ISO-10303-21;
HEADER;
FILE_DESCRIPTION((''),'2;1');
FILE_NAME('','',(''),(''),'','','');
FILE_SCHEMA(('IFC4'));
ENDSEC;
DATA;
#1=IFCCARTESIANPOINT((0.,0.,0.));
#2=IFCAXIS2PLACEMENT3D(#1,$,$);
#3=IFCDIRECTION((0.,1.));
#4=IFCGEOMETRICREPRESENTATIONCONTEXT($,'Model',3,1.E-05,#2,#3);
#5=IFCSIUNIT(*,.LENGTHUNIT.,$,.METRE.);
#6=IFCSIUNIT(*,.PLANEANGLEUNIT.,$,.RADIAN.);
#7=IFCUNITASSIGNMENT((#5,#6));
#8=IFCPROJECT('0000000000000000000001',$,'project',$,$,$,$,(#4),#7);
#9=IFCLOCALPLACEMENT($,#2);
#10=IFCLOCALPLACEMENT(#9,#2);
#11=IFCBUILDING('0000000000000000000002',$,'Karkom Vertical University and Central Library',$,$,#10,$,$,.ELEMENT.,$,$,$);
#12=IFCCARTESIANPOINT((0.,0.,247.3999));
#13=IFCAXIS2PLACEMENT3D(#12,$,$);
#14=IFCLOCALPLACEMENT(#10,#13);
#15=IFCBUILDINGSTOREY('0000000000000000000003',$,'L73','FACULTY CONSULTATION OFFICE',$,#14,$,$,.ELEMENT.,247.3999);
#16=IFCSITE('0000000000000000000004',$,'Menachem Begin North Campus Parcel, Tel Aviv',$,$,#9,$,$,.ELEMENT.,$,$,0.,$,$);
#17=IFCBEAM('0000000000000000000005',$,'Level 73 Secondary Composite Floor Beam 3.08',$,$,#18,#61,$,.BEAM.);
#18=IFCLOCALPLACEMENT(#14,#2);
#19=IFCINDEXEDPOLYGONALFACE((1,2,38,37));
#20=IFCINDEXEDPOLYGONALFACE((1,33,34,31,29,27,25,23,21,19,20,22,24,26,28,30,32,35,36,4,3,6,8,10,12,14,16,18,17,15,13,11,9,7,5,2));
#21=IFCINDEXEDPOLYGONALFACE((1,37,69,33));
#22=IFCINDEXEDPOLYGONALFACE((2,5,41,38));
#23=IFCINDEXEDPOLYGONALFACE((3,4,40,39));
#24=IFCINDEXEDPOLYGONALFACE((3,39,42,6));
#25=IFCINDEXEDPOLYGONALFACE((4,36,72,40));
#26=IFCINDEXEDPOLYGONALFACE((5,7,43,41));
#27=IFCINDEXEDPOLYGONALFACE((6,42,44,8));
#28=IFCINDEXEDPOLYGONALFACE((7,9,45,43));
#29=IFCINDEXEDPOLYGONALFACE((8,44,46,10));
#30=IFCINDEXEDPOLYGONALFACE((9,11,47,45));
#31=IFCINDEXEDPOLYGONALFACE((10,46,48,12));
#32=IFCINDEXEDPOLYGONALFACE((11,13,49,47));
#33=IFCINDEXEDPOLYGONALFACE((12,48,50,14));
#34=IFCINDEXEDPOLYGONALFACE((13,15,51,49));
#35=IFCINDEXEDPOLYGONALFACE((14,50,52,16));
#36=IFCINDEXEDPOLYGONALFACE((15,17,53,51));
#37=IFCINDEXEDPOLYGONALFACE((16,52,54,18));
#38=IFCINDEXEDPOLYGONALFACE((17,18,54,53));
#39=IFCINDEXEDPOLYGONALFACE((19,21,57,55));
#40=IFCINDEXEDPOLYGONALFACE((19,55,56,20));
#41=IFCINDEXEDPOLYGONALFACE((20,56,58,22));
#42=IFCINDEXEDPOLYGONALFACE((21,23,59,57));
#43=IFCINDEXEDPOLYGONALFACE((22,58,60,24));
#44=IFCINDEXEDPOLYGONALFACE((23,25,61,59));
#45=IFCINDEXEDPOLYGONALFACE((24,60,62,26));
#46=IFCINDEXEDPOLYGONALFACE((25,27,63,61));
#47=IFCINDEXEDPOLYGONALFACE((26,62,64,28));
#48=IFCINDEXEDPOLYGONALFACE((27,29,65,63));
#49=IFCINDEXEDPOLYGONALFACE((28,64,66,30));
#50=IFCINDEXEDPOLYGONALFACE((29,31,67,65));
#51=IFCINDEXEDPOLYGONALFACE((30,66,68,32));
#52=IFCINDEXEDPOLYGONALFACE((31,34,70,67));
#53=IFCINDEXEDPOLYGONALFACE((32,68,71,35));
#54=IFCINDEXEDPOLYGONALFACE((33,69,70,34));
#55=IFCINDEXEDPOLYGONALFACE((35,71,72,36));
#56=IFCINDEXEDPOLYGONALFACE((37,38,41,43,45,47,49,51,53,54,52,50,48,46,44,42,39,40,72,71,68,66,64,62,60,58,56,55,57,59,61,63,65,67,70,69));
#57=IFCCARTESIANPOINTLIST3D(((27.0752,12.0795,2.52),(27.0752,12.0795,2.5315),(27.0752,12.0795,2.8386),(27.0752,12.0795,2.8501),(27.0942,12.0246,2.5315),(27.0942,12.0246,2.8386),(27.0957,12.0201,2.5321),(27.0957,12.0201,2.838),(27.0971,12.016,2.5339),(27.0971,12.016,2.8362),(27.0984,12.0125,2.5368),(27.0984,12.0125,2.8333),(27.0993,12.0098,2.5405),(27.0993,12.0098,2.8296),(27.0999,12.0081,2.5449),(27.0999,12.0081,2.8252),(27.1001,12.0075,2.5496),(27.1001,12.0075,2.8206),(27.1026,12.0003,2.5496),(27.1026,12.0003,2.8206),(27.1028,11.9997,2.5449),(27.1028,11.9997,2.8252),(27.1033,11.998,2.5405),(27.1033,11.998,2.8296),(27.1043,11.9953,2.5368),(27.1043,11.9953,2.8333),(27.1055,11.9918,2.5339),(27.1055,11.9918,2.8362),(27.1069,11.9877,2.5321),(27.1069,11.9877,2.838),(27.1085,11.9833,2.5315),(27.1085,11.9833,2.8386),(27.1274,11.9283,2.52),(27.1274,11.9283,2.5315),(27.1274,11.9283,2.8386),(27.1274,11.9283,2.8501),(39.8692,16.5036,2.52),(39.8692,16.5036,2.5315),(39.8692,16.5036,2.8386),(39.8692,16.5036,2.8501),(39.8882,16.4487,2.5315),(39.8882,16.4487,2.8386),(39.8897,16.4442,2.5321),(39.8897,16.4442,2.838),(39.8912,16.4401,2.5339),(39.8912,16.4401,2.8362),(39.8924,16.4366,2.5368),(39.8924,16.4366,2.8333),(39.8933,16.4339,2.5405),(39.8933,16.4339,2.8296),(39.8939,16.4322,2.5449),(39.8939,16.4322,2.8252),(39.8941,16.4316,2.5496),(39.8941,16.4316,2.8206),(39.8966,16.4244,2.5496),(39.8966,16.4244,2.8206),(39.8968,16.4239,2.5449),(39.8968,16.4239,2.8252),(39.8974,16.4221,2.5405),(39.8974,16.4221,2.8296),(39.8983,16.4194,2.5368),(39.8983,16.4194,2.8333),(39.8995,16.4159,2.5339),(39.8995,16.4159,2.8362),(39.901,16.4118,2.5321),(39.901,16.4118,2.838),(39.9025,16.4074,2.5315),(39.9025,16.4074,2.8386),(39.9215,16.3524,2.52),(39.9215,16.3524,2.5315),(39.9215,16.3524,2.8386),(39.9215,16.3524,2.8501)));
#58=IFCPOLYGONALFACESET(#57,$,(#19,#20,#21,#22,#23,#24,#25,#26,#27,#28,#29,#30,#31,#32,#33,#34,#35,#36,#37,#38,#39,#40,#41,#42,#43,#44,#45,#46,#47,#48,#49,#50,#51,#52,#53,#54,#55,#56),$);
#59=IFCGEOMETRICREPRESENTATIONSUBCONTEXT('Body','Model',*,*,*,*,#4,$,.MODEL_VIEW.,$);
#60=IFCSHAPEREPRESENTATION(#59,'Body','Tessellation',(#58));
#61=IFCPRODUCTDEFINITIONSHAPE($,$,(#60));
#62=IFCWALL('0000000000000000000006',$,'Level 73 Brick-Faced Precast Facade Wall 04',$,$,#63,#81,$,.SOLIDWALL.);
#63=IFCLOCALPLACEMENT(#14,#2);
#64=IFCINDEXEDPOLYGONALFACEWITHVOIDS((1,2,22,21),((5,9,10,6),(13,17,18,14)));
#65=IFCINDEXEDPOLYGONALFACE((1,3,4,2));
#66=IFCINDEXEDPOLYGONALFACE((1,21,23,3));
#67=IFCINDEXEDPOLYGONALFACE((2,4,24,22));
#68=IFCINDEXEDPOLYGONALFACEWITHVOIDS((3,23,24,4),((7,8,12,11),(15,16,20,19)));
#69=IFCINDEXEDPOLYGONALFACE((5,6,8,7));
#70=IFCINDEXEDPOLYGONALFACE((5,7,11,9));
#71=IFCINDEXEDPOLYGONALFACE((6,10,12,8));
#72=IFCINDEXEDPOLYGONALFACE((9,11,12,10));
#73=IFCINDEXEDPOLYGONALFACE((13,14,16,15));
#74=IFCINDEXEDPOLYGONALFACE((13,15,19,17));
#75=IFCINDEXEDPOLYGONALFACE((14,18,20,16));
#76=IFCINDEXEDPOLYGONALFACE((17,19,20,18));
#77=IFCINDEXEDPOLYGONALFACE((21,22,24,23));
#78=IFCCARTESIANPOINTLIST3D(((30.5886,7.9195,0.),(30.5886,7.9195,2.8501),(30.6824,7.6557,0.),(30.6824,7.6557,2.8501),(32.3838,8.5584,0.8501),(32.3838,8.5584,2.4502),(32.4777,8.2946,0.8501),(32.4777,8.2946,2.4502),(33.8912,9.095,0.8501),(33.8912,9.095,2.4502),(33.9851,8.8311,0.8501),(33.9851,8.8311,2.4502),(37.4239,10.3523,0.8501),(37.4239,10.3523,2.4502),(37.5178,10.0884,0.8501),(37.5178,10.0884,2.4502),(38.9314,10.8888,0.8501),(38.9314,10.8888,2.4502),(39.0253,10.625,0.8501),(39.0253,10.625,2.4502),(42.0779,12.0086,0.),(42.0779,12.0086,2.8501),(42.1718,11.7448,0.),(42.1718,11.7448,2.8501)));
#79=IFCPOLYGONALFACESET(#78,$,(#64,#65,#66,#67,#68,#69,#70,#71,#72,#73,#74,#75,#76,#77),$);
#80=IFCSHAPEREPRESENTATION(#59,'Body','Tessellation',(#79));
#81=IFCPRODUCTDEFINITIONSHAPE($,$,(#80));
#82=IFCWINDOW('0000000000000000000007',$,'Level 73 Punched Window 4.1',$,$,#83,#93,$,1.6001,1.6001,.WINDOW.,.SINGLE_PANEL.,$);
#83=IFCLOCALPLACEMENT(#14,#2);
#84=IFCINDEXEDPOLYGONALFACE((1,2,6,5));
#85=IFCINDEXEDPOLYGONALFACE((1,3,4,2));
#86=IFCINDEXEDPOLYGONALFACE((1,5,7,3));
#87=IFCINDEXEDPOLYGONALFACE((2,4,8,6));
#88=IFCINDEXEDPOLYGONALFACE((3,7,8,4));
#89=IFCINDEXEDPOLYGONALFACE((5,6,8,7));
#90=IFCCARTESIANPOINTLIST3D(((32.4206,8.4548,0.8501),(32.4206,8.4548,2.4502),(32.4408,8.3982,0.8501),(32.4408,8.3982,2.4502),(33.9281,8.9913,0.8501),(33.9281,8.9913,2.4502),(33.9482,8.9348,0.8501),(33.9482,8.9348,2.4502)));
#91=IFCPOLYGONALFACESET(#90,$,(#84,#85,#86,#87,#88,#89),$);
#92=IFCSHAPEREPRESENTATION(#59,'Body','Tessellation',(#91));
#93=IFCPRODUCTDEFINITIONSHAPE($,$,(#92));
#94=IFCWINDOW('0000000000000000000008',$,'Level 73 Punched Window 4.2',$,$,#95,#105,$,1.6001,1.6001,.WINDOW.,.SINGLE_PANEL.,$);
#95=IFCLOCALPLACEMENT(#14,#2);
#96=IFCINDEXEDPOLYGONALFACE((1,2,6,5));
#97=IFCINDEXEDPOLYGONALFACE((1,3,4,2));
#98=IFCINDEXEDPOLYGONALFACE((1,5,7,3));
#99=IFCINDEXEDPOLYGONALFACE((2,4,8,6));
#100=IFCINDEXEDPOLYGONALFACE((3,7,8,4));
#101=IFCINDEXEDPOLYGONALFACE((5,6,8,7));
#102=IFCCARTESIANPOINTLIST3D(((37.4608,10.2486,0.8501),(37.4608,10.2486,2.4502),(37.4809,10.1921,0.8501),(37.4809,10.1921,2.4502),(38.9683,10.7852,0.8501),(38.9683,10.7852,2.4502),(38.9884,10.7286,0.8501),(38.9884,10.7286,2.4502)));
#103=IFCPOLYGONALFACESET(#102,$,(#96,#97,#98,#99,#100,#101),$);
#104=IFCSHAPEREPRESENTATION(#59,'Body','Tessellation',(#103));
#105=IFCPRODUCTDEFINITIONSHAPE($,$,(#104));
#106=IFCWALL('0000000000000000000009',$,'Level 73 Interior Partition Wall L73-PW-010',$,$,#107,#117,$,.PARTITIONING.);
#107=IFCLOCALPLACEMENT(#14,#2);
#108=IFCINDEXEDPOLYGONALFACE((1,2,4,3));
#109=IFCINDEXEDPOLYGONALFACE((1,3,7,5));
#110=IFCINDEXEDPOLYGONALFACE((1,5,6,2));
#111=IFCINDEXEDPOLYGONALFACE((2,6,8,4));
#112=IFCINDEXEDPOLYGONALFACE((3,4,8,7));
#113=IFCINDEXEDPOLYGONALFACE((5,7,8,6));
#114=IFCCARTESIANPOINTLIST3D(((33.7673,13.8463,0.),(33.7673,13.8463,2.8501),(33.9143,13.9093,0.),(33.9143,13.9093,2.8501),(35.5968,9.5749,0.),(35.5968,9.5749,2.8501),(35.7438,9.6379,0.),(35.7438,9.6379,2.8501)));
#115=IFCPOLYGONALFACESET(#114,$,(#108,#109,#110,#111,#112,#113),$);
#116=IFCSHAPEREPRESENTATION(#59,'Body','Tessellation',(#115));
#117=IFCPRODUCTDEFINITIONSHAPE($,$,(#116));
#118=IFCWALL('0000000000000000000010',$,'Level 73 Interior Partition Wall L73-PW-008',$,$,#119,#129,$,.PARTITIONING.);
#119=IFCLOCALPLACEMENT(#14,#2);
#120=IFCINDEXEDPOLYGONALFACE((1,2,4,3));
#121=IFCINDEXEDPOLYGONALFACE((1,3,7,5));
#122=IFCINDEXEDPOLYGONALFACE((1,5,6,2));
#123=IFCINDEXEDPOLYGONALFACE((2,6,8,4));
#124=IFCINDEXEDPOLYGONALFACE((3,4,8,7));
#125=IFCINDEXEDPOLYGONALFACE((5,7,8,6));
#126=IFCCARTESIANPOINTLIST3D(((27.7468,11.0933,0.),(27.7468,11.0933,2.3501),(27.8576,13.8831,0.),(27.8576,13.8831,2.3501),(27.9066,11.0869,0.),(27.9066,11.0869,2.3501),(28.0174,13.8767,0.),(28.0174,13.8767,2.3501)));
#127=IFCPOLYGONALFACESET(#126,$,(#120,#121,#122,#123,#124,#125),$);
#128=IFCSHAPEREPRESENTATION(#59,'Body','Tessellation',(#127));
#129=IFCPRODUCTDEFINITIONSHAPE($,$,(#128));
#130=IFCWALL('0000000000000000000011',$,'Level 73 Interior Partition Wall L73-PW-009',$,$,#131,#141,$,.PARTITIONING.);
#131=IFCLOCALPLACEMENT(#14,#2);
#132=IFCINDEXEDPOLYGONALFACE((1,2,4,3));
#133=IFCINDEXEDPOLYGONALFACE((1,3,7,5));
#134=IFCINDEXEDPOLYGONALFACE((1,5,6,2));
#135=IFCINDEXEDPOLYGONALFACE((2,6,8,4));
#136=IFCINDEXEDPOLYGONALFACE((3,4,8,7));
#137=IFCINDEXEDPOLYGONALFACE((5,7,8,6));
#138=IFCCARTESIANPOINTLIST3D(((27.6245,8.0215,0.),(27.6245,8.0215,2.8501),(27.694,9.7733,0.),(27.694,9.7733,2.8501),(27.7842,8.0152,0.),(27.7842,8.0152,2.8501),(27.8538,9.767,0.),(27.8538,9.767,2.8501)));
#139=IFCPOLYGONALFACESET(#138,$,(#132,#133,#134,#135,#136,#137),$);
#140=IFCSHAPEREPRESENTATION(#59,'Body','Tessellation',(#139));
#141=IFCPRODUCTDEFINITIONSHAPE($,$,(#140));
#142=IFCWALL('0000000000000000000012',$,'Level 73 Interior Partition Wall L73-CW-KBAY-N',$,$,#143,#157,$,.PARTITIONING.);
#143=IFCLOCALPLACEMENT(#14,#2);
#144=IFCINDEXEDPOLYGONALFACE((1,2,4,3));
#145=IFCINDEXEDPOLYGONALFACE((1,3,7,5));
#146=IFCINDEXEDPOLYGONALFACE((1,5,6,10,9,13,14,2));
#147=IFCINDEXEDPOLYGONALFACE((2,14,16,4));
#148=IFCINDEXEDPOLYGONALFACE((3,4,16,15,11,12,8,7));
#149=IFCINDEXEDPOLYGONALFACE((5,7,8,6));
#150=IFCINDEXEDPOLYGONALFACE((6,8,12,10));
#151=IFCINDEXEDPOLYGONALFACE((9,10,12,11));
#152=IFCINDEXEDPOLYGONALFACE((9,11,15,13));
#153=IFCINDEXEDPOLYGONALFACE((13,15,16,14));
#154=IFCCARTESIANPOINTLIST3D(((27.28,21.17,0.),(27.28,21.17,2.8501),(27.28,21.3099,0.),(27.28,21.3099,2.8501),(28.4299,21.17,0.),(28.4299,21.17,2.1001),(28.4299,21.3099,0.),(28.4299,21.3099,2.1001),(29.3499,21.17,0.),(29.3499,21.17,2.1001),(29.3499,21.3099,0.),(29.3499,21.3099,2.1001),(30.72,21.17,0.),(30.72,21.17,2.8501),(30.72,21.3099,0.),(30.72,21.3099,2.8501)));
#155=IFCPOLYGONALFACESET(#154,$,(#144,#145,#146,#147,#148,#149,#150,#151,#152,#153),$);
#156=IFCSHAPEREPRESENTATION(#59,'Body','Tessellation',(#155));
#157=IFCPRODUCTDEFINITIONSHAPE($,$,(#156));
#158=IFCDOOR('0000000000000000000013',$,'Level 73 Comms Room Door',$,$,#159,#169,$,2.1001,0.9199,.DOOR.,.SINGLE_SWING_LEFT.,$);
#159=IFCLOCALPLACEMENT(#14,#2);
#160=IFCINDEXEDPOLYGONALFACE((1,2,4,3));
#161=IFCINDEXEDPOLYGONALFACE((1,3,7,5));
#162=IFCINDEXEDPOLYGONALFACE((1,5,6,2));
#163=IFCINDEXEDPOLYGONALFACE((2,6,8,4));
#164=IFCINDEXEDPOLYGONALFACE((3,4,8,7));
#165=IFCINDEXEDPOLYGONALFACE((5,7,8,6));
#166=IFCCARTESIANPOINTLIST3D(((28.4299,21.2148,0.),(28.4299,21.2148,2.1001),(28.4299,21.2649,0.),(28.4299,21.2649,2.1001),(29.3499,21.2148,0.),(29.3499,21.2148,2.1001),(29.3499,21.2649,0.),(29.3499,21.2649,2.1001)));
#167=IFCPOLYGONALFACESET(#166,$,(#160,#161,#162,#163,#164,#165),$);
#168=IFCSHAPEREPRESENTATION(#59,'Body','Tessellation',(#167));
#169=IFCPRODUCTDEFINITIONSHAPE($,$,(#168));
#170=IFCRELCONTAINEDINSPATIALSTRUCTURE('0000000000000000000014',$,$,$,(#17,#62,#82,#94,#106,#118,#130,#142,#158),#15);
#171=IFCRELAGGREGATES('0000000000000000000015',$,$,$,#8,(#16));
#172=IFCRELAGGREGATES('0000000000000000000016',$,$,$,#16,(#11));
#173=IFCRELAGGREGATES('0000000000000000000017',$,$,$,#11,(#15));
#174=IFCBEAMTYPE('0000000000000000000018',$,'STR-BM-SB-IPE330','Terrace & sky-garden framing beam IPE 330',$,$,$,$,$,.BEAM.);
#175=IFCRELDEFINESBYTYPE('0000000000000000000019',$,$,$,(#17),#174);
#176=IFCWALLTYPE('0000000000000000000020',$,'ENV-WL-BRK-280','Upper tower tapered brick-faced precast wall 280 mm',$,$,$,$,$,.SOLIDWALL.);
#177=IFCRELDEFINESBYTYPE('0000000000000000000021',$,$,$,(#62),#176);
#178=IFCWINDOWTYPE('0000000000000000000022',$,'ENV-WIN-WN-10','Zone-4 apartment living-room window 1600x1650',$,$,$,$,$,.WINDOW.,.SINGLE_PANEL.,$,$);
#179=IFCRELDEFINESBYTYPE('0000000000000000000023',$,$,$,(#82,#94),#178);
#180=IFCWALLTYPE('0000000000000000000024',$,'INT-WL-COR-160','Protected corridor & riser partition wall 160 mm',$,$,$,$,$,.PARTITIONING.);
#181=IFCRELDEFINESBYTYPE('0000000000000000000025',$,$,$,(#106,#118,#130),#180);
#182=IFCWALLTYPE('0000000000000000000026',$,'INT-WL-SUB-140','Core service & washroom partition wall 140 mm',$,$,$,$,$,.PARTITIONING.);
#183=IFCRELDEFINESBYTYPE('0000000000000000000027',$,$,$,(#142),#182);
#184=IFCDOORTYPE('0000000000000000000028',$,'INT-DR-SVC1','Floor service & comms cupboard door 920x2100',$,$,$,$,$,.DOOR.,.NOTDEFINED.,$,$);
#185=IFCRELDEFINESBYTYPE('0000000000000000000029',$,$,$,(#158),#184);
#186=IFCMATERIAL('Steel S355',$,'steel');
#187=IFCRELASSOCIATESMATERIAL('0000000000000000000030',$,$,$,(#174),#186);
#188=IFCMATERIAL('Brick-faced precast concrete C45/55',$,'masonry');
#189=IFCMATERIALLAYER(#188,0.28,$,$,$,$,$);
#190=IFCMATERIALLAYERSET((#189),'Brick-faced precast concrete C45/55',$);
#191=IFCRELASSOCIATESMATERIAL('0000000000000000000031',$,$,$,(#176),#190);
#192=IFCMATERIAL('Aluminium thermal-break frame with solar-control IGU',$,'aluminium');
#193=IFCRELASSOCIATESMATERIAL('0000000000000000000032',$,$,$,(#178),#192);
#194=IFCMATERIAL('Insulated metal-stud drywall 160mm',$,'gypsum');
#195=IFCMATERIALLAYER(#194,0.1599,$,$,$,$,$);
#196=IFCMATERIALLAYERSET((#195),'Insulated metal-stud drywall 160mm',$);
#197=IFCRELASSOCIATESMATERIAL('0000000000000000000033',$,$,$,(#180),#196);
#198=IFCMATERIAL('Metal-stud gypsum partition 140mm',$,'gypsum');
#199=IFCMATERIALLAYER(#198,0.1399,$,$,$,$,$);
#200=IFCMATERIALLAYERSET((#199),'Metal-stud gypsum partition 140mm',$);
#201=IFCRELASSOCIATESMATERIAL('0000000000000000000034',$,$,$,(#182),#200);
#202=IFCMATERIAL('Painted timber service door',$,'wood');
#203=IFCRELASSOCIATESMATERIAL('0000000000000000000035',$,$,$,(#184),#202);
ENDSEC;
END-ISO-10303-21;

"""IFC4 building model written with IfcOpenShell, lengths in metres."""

from ifc_helpers import new_model, si_unit, direction, frame, frame_2d, origin, origin_with_axes, origin_2d, place, context, subcontext, project, spatial, rectangle, i_section, extrude, source, transform, mapped, material, layer, layer_set, material_profile, profile_set, type_object, element, fill, save


model = new_model("IFC4")

# Units and contexts
model_context = context("Model", 3, precision=1e-05, world=origin(), true_north=direction((0.0, 1.0)))
body_context = subcontext(model_context, "Body", "Model", "MODEL_VIEW")
ifc_project = project(units=[si_unit("LENGTHUNIT", "METRE"), si_unit("PLANEANGLEUNIT", "RADIAN")], contexts=[model_context])

# Site, building, storey
site_placement = place(None, origin())
site = spatial("IfcSite", under=ifc_project, at=site_placement, Name="Menachem Begin North Campus Parcel, Tel Aviv", CompositionType="ELEMENT", RefElevation=0.0)
building_placement = place(site_placement, origin())
building = spatial("IfcBuilding", under=site, at=building_placement, Name="Karkom Vertical University and Central Library", CompositionType="ELEMENT")
storey_placement = place(building_placement, frame((0.0, 0.0, 247.3999)))
storey = spatial("IfcBuildingStorey", under=building, at=storey_placement, Name="L73", Description="FACULTY CONSULTATION OFFICE", CompositionType="ELEMENT", Elevation=247.3999)

# Beam
ifc_material_1 = material(Name="Steel S355", Category="steel")
ifc_material_profile_1 = material_profile(ifc_material_1, i_section(OverallWidth=0.1599, OverallDepth=0.3301, WebThickness=0.0076, FlangeThickness=0.0115, FilletRadius=0.0181, at=origin_2d()), Name="IPE 330")
ifc_profile_set_1 = profile_set([ifc_material_profile_1], Name="Steel S355")
beam_type_1 = type_object("IfcBeamType", Name="STR-BM-SB-IPE330", Description="Terrace & sky-garden framing beam IPE 330", PredefinedType="BEAM", material=ifc_profile_set_1)
shared_shape_1 = source(origin_with_axes(), body_context, "Body", "SweptSolid", [
    extrude(i_section(OverallWidth=0.1599, OverallDepth=0.3301, WebThickness=0.0076, FlangeThickness=0.0115, FilletRadius=0.0181, at=origin_2d()), origin(), (0.0, 0.0, 1.0), 13.5374),
])
beam_1_placement = place(storey_placement, frame((27.1013, 12.0039, 2.6851), z_axis=(0.945091, 0.326807, 0.0), x_axis=(-0.326807, 0.945091, 0.0)))
element("IfcBeam", 1, at=beam_1_placement, inside=storey, type_object=beam_type_1, Name="Level 73 Secondary Composite Floor Beam 3.08", PredefinedType="BEAM", context=body_context, shape_type="MappedRepresentation", body=[
    mapped(shared_shape_1, transform((0.0, 0.0, 0.0), scale=1.0)),
])

# Wall, openings, windows
ifc_material_2 = material(Name="Brick-faced precast concrete C45/55", Category="masonry")
ifc_layer_1 = layer(ifc_material_2, 0.28)
ifc_layer_set_1 = layer_set([ifc_layer_1], Name="Brick-faced precast concrete C45/55")
wall_type_1 = type_object("IfcWallType", Name="ENV-WL-BRK-280", Description="Upper tower tapered brick-faced precast wall 280 mm", PredefinedType="SOLIDWALL", material=ifc_layer_set_1)
wall_1_placement = place(storey_placement, frame((30.6355, 7.7876, 0.0), z_axis=(0.0, 0.0, 1.0), x_axis=(0.94211, 0.335304, 0.0)))
wall_1 = element("IfcWall", 2, at=wall_1_placement, inside=storey, type_object=wall_type_1, Name="Level 73 Brick-Faced Precast Facade Wall 04", PredefinedType="SOLIDWALL", context=body_context, shape_type="SweptSolid", body=[
    extrude(rectangle(XDim=12.1953, YDim=0.28, at=frame_2d((6.0977, 0.0))), origin(), (0.0, 0.0, 1.0), 2.8501),
])
opening_1_placement = place(wall_1_placement, frame((1.9055, 0.0, 0.8501)))
opening_1 = element("IfcOpeningElement", 3, at=opening_1_placement, cuts=wall_1, PredefinedType="OPENING", context=body_context, shape_type="SweptSolid", body=[
    extrude(rectangle(XDim=1.6001, YDim=1.6001, at=frame_2d((0.8, 0.8))), frame((0.0, 0.1499, 0.0), z_axis=(0.0, -1.0, 0.0), x_axis=(1.0, 0.0, 0.0)), (0.0, 0.0, 1.0), 0.3),
])
opening_2_placement = place(wall_1_placement, frame((7.2554, 0.0, 0.8501)))
opening_2 = element("IfcOpeningElement", 4, at=opening_2_placement, cuts=wall_1, PredefinedType="OPENING", context=body_context, shape_type="SweptSolid", body=[
    extrude(rectangle(XDim=1.6001, YDim=1.6001, at=frame_2d((0.8, 0.8))), frame((0.0, 0.1499, 0.0), z_axis=(0.0, -1.0, 0.0), x_axis=(1.0, 0.0, 0.0)), (0.0, 0.0, 1.0), 0.3),
])
ifc_material_3 = material(Name="Aluminium thermal-break frame with solar-control IGU", Category="aluminium")
window_type = type_object("IfcWindowType", Name="ENV-WIN-WN-10", Description="Zone-4 apartment living-room window 1600x1650", PartitioningType="SINGLE_PANEL", PredefinedType="WINDOW", material=ifc_material_3)
shared_shape_2 = source(origin_with_axes(), body_context, "Body", "SweptSolid", [
    extrude(rectangle(XDim=1.6001, YDim=1.6001, at=frame_2d((0.8, 0.8))), frame((0.0, 0.03, 0.0), z_axis=(0.0, -1.0, 0.0), x_axis=(1.0, 0.0, 0.0)), (0.0, 0.0, 1.0), 0.0601),
])
window_1_placement = place(opening_1_placement, origin())
window_1 = element("IfcWindow", 5, at=window_1_placement, inside=storey, type_object=window_type, Name="Level 73 Punched Window 4.1", OverallHeight=1.6001, OverallWidth=1.6001, PartitioningType="SINGLE_PANEL", PredefinedType="WINDOW", context=body_context, shape_type="MappedRepresentation", body=[
    mapped(shared_shape_2, transform((0.0, 0.0, 0.0), scale=1.0)),
])
fill(opening_1, window_1)
window_2_placement = place(opening_2_placement, origin())
window_2 = element("IfcWindow", 6, at=window_2_placement, inside=storey, type_object=window_type, Name="Level 73 Punched Window 4.2", OverallHeight=1.6001, OverallWidth=1.6001, PartitioningType="SINGLE_PANEL", PredefinedType="WINDOW", context=body_context, shape_type="MappedRepresentation", body=[
    mapped(shared_shape_2, transform((0.0, 0.0, 0.0), scale=1.0)),
])
fill(opening_2, window_2)

# Walls
ifc_material_4 = material(Name="Insulated metal-stud drywall 160mm", Category="gypsum")
ifc_layer_2 = layer(ifc_material_4, 0.1599)
ifc_layer_set_2 = layer_set([ifc_layer_2], Name="Insulated metal-stud drywall 160mm")
wall_type_2 = type_object("IfcWallType", Name="INT-WL-COR-160", Description="Protected corridor & riser partition wall 160 mm", PredefinedType="PARTITIONING", material=ifc_layer_set_2)
wall_2_placement = place(storey_placement, frame((33.8408, 13.8777, 0.0), z_axis=(0.0, 0.0, 1.0), x_axis=(0.393729, -0.919227, 0.0)))
element("IfcWall", 7, at=wall_2_placement, inside=storey, type_object=wall_type_2, Name="Level 73 Interior Partition Wall L73-PW-010", PredefinedType="PARTITIONING", context=body_context, shape_type="SweptSolid", body=[
    extrude(rectangle(XDim=4.6467, YDim=0.1599, at=frame_2d((2.3232, 0.0))), origin(), (0.0, 0.0, 1.0), 2.8501),
])
wall_3_placement = place(storey_placement, frame((27.9375, 13.8799, 0.0), z_axis=(0.0, 0.0, 1.0), x_axis=(-0.039699, -0.999212, 0.0)))
element("IfcWall", 8, at=wall_3_placement, inside=storey, type_object=wall_type_2, Name="Level 73 Interior Partition Wall L73-PW-008", PredefinedType="PARTITIONING", context=body_context, shape_type="SweptSolid", body=[
    extrude(rectangle(XDim=2.792, YDim=0.1599, at=frame_2d((1.396, 0.0))), origin(), (0.0, 0.0, 1.0), 2.3501),
])
wall_4_placement = place(storey_placement, frame((27.7739, 9.77, 0.0), z_axis=(0.0, 0.0, 1.0), x_axis=(-0.03969, -0.999212, 0.0)))
element("IfcWall", 9, at=wall_4_placement, inside=storey, type_object=wall_type_2, Name="Level 73 Interior Partition Wall L73-PW-009", PredefinedType="PARTITIONING", context=body_context, shape_type="SweptSolid", body=[
    extrude(rectangle(XDim=1.7532, YDim=0.1599, at=frame_2d((0.8765, 0.0))), origin(), (0.0, 0.0, 1.0), 2.8501),
])

# Wall, opening, door
ifc_material_5 = material(Name="Metal-stud gypsum partition 140mm", Category="gypsum")
ifc_layer_3 = layer(ifc_material_5, 0.1399)
ifc_layer_set_3 = layer_set([ifc_layer_3], Name="Metal-stud gypsum partition 140mm")
wall_type_3 = type_object("IfcWallType", Name="INT-WL-SUB-140", Description="Core service & washroom partition wall 140 mm", PredefinedType="PARTITIONING", material=ifc_layer_set_3)
wall_5_placement = place(storey_placement, frame((27.28, 21.24, 0.0), z_axis=(0.0, 0.0, 1.0), x_axis=(1.0, 0.0, 0.0)))
wall_5 = element("IfcWall", 10, at=wall_5_placement, inside=storey, type_object=wall_type_3, Name="Level 73 Interior Partition Wall L73-CW-KBAY-N", PredefinedType="PARTITIONING", context=body_context, shape_type="SweptSolid", body=[
    extrude(rectangle(XDim=3.4399, YDim=0.1399, at=frame_2d((1.72, 0.0))), origin(), (0.0, 0.0, 1.0), 2.8501),
])
opening_3_placement = place(wall_5_placement, frame((1.1499, 0.0, 0.0)))
opening_3 = element("IfcOpeningElement", 11, at=opening_3_placement, cuts=wall_5, PredefinedType="OPENING", context=body_context, shape_type="SweptSolid", body=[
    extrude(rectangle(XDim=0.9199, YDim=2.1001, at=frame_2d((0.46, 1.05))), frame((0.0, 0.0801, 0.0), z_axis=(0.0, -1.0, 0.0), x_axis=(1.0, 0.0, 0.0)), (0.0, 0.0, 1.0), 0.1599),
])
ifc_material_6 = material(Name="Painted timber service door", Category="wood")
door_type_1 = type_object("IfcDoorType", Name="INT-DR-SVC1", Description="Floor service & comms cupboard door 920x2100", OperationType="NOTDEFINED", PredefinedType="DOOR", material=ifc_material_6)
shared_shape_3 = source(origin_with_axes(), body_context, "Body", "SweptSolid", [
    extrude(rectangle(XDim=0.9199, YDim=2.1001, at=frame_2d((0.46, 1.05))), frame((0.0, 0.0249, 0.0), z_axis=(0.0, -1.0, 0.0), x_axis=(1.0, 0.0, 0.0)), (0.0, 0.0, 1.0), 0.05),
])
door_1_placement = place(opening_3_placement, origin())
door_1 = element("IfcDoor", 12, at=door_1_placement, inside=storey, type_object=door_type_1, Name="Level 73 Comms Room Door", OperationType="SINGLE_SWING_LEFT", OverallHeight=2.1001, OverallWidth=0.9199, PredefinedType="DOOR", context=body_context, shape_type="MappedRepresentation", body=[
    mapped(shared_shape_3, transform((0.0, 0.0, 0.0), scale=1.0)),
])
fill(opening_3, door_1)

save(model, "model.ifc")
